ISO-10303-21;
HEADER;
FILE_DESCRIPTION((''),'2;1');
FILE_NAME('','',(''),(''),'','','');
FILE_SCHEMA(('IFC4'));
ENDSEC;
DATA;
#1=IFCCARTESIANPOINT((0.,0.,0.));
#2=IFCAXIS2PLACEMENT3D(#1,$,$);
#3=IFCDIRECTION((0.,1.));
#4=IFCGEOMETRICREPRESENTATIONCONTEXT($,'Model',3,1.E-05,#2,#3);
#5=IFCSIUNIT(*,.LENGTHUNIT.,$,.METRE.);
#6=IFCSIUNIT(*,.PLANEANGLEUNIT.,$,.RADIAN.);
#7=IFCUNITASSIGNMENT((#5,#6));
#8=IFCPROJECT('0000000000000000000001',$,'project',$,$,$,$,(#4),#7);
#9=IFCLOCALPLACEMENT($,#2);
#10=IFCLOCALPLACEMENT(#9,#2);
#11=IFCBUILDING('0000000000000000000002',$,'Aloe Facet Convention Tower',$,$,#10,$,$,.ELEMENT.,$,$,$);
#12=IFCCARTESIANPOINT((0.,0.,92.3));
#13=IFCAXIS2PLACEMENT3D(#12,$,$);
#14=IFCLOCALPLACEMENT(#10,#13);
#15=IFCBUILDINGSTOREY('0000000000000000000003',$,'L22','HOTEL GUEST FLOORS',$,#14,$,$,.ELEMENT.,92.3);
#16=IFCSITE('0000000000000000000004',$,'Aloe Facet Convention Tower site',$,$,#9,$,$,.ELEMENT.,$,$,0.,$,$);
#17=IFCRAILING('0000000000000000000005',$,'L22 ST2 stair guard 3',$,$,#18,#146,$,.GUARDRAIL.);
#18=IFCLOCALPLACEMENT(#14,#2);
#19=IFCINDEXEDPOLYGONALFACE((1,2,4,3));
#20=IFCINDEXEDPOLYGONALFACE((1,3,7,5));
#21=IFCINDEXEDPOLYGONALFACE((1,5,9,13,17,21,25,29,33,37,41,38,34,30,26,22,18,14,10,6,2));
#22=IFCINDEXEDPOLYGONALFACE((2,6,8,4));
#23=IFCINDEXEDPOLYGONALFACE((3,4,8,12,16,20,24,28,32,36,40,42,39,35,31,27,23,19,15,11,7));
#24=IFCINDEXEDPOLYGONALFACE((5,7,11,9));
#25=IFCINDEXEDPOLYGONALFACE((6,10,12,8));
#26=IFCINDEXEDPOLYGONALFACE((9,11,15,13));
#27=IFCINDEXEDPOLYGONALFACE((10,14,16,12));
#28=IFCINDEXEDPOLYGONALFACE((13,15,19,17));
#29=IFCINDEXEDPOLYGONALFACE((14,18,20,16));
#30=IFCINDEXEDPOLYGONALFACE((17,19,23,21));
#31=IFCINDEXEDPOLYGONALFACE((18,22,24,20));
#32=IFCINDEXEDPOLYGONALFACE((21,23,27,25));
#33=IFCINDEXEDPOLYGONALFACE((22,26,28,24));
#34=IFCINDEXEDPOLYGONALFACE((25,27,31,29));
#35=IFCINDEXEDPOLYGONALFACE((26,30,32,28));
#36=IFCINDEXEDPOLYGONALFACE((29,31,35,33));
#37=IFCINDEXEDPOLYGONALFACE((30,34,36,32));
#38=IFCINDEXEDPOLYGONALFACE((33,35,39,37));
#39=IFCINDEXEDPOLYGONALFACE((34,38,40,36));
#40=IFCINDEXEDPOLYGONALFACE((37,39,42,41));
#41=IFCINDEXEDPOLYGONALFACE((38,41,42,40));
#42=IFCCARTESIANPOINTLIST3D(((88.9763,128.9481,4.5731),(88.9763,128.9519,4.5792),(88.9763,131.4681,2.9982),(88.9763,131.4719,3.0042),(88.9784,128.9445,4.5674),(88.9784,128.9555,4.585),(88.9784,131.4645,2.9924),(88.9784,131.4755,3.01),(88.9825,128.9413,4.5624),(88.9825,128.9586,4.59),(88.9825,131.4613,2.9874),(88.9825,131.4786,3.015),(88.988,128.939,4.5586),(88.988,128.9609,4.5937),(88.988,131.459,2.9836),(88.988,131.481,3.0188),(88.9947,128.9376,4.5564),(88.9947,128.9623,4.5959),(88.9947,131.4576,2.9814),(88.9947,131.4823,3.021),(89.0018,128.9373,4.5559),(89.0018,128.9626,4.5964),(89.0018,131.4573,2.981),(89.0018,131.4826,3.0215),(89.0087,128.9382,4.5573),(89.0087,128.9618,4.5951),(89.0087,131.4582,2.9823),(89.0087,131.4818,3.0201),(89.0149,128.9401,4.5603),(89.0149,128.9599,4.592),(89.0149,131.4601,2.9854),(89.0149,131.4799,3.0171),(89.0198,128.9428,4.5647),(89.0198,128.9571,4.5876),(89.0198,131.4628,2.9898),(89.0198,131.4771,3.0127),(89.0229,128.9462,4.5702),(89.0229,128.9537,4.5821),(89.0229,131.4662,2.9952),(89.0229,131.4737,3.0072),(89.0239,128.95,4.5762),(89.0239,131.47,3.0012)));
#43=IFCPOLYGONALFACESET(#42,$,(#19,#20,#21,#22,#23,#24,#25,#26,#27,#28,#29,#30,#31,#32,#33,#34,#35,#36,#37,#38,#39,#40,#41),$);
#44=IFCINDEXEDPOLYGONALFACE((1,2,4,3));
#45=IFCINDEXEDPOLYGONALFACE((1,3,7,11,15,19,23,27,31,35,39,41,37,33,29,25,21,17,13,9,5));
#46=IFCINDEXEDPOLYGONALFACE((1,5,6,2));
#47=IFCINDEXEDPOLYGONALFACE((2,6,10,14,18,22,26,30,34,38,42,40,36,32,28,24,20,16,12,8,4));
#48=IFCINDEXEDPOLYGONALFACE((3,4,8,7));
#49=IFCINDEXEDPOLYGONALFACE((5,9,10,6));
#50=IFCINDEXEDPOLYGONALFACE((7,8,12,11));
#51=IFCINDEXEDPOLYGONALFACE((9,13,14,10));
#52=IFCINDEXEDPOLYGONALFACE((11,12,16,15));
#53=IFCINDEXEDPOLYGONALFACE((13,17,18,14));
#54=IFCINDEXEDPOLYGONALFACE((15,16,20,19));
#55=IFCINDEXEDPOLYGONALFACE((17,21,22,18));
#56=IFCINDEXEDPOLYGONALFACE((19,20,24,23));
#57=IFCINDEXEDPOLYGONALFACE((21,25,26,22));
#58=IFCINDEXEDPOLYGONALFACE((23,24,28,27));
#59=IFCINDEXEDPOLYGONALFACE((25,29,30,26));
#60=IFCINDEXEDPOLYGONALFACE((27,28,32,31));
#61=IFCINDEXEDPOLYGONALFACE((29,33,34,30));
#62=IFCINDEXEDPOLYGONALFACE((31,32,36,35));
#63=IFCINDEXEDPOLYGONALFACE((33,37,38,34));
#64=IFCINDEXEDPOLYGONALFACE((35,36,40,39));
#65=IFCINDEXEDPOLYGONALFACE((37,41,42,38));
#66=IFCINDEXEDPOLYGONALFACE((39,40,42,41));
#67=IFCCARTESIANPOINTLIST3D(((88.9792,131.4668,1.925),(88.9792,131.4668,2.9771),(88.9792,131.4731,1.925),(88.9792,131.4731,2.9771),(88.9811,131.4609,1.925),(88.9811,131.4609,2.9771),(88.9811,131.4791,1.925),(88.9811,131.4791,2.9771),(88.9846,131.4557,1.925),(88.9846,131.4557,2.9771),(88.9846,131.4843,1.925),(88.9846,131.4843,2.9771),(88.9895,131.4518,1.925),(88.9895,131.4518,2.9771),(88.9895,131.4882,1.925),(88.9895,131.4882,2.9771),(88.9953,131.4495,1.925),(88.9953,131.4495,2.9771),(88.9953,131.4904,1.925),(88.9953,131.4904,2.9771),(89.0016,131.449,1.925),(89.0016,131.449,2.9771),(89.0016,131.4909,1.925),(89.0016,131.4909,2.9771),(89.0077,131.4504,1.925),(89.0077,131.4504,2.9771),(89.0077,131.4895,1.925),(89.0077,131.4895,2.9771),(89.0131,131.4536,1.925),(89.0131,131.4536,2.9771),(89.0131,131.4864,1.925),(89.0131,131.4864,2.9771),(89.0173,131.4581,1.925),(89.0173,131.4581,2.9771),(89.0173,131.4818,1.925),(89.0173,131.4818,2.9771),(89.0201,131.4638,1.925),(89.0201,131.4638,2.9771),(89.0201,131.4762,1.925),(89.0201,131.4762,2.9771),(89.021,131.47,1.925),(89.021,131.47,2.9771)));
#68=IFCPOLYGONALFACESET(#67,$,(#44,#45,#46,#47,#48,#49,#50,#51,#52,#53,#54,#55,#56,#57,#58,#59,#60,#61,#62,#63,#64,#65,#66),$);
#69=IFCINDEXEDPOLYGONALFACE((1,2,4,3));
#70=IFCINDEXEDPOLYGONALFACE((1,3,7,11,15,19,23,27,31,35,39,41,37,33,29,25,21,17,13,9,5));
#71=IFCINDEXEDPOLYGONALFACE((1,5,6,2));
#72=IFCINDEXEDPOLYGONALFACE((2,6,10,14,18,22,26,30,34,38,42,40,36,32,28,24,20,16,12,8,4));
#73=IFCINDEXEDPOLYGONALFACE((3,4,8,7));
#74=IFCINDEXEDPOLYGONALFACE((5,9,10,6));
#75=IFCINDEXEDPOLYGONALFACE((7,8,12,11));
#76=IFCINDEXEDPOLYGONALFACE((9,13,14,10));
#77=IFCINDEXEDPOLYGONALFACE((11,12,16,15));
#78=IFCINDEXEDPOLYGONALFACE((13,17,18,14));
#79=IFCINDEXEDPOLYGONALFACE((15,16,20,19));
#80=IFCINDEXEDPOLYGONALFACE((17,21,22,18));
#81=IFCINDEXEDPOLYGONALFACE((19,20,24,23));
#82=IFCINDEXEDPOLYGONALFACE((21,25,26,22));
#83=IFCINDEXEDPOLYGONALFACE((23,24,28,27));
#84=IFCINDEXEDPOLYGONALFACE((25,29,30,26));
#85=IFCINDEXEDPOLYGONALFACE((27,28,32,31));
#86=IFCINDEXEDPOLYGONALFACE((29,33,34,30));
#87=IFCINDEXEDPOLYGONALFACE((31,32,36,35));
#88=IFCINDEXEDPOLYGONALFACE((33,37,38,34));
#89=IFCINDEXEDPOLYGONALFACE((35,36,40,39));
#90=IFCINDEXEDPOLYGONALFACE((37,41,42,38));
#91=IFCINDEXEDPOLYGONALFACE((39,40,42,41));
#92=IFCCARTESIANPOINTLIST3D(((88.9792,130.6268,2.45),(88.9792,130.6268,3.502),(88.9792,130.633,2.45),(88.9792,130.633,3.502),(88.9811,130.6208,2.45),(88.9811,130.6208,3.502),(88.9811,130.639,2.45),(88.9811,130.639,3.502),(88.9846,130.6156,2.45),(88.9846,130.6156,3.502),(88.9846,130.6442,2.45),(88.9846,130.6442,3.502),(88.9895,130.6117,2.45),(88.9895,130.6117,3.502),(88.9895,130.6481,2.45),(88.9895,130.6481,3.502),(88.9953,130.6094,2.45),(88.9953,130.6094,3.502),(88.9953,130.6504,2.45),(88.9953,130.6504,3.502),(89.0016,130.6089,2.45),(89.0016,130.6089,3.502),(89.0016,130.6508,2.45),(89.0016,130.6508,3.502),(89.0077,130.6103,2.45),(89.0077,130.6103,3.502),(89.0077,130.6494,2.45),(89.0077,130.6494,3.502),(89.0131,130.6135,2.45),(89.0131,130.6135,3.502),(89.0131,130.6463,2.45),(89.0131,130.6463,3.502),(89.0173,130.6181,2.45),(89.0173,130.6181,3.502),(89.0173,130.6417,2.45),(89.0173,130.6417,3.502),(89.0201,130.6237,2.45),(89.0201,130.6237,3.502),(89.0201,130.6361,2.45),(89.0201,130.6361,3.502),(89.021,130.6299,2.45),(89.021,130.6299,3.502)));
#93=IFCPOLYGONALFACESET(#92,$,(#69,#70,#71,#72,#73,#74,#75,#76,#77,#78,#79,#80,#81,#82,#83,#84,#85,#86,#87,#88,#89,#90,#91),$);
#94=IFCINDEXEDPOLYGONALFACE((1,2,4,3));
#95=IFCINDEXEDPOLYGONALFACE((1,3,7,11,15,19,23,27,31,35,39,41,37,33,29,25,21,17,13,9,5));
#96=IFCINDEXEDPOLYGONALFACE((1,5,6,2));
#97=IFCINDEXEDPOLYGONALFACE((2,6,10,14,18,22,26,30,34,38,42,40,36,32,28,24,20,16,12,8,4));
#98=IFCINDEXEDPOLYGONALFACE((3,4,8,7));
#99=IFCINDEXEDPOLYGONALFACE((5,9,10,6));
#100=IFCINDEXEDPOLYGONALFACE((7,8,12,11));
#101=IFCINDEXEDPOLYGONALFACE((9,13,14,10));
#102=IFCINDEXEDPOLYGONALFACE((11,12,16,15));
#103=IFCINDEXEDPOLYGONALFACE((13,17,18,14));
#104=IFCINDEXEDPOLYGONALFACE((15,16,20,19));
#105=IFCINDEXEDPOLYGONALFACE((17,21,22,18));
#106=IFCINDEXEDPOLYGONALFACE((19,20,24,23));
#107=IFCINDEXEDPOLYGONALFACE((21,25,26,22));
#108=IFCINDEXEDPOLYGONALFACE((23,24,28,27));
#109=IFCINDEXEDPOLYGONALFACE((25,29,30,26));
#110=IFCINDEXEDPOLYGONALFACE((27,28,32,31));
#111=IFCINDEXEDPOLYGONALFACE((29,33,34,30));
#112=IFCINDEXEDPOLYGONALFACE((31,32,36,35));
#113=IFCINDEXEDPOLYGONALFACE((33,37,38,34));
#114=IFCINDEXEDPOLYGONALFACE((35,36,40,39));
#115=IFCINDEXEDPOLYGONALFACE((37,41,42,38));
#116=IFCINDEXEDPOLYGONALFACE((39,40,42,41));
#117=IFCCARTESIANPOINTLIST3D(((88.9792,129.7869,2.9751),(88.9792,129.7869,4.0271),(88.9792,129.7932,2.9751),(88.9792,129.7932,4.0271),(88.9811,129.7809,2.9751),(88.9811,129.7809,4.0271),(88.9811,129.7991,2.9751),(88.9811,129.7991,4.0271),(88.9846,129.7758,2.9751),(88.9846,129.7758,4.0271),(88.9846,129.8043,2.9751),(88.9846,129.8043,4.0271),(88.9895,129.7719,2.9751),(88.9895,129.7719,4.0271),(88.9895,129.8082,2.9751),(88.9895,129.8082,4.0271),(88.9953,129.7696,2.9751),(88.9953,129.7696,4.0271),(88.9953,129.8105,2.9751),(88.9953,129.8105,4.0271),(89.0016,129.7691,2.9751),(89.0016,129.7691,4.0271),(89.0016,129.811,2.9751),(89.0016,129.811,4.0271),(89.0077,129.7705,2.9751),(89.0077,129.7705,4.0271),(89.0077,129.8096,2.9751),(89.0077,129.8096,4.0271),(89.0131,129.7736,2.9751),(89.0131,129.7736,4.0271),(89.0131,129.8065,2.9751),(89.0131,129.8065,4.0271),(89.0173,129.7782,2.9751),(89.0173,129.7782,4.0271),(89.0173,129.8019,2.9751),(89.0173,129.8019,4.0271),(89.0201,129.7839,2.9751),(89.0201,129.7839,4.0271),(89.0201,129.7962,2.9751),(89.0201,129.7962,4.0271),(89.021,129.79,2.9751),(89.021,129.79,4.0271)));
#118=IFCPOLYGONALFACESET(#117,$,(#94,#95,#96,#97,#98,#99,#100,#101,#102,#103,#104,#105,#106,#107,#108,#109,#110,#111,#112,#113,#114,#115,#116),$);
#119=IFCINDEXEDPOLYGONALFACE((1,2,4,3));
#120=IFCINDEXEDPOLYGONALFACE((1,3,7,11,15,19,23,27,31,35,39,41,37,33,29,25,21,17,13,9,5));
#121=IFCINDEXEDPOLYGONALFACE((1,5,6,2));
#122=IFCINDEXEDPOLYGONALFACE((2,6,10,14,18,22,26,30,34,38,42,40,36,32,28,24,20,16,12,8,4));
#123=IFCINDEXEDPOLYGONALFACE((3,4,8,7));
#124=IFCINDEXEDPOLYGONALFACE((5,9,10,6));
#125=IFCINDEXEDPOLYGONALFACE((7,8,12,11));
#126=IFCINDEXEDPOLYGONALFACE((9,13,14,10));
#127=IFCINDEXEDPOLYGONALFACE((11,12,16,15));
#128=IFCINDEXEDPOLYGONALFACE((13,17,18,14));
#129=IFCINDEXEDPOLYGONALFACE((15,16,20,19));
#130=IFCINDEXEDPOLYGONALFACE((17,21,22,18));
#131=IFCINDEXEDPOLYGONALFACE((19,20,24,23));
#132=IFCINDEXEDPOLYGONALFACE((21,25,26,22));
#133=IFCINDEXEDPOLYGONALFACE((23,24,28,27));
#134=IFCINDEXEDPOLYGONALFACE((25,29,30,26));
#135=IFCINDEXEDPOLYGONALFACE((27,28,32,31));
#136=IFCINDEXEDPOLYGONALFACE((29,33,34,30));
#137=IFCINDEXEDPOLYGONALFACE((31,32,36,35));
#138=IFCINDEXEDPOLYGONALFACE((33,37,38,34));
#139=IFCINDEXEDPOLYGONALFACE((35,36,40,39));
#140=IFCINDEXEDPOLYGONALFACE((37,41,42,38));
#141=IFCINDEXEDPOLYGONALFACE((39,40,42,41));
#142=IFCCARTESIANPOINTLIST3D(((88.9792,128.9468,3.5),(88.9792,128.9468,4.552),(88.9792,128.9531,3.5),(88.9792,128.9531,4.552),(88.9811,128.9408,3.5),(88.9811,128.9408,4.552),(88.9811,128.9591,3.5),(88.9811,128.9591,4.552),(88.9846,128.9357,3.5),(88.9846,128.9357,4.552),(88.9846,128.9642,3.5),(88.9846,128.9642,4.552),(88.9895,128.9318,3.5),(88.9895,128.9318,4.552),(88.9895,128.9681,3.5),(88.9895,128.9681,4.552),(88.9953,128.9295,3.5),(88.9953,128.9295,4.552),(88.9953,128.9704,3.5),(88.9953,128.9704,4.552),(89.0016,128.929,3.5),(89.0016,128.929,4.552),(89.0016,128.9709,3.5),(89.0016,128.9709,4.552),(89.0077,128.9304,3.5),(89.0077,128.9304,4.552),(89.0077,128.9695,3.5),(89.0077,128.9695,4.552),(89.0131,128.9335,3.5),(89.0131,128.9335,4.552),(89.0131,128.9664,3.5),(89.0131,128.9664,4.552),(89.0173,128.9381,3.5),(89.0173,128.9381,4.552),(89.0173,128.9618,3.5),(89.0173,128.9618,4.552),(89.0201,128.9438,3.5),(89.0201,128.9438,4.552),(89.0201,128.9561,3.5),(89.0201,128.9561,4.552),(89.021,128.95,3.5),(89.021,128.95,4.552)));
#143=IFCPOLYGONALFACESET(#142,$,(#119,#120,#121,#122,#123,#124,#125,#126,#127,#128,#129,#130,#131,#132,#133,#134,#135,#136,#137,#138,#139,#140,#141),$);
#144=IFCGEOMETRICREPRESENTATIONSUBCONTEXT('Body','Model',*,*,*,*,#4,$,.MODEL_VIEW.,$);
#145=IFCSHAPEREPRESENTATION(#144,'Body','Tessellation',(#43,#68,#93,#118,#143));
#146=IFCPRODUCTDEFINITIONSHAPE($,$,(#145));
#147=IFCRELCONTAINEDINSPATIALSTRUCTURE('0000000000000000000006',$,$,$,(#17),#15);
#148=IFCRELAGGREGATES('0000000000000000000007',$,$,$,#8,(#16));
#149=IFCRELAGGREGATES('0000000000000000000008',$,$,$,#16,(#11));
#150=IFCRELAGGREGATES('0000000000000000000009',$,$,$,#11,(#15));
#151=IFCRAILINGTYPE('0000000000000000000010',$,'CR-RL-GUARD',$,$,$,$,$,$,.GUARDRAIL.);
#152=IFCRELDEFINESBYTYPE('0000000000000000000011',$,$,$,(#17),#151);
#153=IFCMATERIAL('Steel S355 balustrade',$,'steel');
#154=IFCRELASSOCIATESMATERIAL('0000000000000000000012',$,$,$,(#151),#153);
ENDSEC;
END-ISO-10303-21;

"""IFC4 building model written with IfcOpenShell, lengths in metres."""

from ifc_helpers import new_model, si_unit, direction, frame, origin, origin_2d, place, context, subcontext, project, spatial, circle, extrude, material, type_object, element, save


model = new_model("IFC4")

# Units and contexts
model_context = context("Model", 3, precision=1e-05, world=origin(), true_north=direction((0.0, 1.0)))
body_context = subcontext(model_context, "Body", "Model", "MODEL_VIEW")
ifc_project = project(units=[si_unit("LENGTHUNIT", "METRE"), si_unit("PLANEANGLEUNIT", "RADIAN")], contexts=[model_context])

# Site, building, storey
site_placement = place(None, origin())
site = spatial("IfcSite", under=ifc_project, at=site_placement, Name="Aloe Facet Convention Tower site", CompositionType="ELEMENT", RefElevation=0.0)
building_placement = place(site_placement, origin())
building = spatial("IfcBuilding", under=site, at=building_placement, Name="Aloe Facet Convention Tower", CompositionType="ELEMENT")
storey_placement = place(building_placement, frame((0.0, 0.0, 92.3)))
storey = spatial("IfcBuildingStorey", under=building, at=storey_placement, Name="L22", Description="HOTEL GUEST FLOORS", CompositionType="ELEMENT", Elevation=92.3)

# Railing
ifc_material_1 = material(Name="Steel S355 balustrade", Category="steel")
railing_type_1 = type_object("IfcRailingType", Name="CR-RL-GUARD", PredefinedType="GUARDRAIL", material=ifc_material_1)
railing_1_placement = place(storey_placement, frame((89.0, 131.47, 1.925)))
element("IfcRailing", 1, at=railing_1_placement, inside=storey, type_object=railing_type_1, Name="L22 ST2 stair guard 3", PredefinedType="GUARDRAIL", context=body_context, shape_type="SweptSolid", body=[
    extrude(circle(Radius=0.0239, at=origin_2d()), frame((0.0, 0.0, 1.0762), z_axis=(0.0, -0.848008, 0.529984), x_axis=(1.0, 0.0, 0.0)), (0.0, 0.0, 1.0), 2.9717),
    extrude(circle(Radius=0.021, at=origin_2d()), origin(), (0.0, 0.0, 1.0), 1.052),
    extrude(circle(Radius=0.021, at=origin_2d()), frame((0.0, -0.8401, 0.5249)), (0.0, 0.0, 1.0), 1.052),
    extrude(circle(Radius=0.021, at=origin_2d()), frame((0.0, -1.6799, 1.05)), (0.0, 0.0, 1.0), 1.052),
    extrude(circle(Radius=0.021, at=origin_2d()), frame((0.0, -2.52, 1.575)), (0.0, 0.0, 1.0), 1.052),
])

save(model, "model.ifc")
